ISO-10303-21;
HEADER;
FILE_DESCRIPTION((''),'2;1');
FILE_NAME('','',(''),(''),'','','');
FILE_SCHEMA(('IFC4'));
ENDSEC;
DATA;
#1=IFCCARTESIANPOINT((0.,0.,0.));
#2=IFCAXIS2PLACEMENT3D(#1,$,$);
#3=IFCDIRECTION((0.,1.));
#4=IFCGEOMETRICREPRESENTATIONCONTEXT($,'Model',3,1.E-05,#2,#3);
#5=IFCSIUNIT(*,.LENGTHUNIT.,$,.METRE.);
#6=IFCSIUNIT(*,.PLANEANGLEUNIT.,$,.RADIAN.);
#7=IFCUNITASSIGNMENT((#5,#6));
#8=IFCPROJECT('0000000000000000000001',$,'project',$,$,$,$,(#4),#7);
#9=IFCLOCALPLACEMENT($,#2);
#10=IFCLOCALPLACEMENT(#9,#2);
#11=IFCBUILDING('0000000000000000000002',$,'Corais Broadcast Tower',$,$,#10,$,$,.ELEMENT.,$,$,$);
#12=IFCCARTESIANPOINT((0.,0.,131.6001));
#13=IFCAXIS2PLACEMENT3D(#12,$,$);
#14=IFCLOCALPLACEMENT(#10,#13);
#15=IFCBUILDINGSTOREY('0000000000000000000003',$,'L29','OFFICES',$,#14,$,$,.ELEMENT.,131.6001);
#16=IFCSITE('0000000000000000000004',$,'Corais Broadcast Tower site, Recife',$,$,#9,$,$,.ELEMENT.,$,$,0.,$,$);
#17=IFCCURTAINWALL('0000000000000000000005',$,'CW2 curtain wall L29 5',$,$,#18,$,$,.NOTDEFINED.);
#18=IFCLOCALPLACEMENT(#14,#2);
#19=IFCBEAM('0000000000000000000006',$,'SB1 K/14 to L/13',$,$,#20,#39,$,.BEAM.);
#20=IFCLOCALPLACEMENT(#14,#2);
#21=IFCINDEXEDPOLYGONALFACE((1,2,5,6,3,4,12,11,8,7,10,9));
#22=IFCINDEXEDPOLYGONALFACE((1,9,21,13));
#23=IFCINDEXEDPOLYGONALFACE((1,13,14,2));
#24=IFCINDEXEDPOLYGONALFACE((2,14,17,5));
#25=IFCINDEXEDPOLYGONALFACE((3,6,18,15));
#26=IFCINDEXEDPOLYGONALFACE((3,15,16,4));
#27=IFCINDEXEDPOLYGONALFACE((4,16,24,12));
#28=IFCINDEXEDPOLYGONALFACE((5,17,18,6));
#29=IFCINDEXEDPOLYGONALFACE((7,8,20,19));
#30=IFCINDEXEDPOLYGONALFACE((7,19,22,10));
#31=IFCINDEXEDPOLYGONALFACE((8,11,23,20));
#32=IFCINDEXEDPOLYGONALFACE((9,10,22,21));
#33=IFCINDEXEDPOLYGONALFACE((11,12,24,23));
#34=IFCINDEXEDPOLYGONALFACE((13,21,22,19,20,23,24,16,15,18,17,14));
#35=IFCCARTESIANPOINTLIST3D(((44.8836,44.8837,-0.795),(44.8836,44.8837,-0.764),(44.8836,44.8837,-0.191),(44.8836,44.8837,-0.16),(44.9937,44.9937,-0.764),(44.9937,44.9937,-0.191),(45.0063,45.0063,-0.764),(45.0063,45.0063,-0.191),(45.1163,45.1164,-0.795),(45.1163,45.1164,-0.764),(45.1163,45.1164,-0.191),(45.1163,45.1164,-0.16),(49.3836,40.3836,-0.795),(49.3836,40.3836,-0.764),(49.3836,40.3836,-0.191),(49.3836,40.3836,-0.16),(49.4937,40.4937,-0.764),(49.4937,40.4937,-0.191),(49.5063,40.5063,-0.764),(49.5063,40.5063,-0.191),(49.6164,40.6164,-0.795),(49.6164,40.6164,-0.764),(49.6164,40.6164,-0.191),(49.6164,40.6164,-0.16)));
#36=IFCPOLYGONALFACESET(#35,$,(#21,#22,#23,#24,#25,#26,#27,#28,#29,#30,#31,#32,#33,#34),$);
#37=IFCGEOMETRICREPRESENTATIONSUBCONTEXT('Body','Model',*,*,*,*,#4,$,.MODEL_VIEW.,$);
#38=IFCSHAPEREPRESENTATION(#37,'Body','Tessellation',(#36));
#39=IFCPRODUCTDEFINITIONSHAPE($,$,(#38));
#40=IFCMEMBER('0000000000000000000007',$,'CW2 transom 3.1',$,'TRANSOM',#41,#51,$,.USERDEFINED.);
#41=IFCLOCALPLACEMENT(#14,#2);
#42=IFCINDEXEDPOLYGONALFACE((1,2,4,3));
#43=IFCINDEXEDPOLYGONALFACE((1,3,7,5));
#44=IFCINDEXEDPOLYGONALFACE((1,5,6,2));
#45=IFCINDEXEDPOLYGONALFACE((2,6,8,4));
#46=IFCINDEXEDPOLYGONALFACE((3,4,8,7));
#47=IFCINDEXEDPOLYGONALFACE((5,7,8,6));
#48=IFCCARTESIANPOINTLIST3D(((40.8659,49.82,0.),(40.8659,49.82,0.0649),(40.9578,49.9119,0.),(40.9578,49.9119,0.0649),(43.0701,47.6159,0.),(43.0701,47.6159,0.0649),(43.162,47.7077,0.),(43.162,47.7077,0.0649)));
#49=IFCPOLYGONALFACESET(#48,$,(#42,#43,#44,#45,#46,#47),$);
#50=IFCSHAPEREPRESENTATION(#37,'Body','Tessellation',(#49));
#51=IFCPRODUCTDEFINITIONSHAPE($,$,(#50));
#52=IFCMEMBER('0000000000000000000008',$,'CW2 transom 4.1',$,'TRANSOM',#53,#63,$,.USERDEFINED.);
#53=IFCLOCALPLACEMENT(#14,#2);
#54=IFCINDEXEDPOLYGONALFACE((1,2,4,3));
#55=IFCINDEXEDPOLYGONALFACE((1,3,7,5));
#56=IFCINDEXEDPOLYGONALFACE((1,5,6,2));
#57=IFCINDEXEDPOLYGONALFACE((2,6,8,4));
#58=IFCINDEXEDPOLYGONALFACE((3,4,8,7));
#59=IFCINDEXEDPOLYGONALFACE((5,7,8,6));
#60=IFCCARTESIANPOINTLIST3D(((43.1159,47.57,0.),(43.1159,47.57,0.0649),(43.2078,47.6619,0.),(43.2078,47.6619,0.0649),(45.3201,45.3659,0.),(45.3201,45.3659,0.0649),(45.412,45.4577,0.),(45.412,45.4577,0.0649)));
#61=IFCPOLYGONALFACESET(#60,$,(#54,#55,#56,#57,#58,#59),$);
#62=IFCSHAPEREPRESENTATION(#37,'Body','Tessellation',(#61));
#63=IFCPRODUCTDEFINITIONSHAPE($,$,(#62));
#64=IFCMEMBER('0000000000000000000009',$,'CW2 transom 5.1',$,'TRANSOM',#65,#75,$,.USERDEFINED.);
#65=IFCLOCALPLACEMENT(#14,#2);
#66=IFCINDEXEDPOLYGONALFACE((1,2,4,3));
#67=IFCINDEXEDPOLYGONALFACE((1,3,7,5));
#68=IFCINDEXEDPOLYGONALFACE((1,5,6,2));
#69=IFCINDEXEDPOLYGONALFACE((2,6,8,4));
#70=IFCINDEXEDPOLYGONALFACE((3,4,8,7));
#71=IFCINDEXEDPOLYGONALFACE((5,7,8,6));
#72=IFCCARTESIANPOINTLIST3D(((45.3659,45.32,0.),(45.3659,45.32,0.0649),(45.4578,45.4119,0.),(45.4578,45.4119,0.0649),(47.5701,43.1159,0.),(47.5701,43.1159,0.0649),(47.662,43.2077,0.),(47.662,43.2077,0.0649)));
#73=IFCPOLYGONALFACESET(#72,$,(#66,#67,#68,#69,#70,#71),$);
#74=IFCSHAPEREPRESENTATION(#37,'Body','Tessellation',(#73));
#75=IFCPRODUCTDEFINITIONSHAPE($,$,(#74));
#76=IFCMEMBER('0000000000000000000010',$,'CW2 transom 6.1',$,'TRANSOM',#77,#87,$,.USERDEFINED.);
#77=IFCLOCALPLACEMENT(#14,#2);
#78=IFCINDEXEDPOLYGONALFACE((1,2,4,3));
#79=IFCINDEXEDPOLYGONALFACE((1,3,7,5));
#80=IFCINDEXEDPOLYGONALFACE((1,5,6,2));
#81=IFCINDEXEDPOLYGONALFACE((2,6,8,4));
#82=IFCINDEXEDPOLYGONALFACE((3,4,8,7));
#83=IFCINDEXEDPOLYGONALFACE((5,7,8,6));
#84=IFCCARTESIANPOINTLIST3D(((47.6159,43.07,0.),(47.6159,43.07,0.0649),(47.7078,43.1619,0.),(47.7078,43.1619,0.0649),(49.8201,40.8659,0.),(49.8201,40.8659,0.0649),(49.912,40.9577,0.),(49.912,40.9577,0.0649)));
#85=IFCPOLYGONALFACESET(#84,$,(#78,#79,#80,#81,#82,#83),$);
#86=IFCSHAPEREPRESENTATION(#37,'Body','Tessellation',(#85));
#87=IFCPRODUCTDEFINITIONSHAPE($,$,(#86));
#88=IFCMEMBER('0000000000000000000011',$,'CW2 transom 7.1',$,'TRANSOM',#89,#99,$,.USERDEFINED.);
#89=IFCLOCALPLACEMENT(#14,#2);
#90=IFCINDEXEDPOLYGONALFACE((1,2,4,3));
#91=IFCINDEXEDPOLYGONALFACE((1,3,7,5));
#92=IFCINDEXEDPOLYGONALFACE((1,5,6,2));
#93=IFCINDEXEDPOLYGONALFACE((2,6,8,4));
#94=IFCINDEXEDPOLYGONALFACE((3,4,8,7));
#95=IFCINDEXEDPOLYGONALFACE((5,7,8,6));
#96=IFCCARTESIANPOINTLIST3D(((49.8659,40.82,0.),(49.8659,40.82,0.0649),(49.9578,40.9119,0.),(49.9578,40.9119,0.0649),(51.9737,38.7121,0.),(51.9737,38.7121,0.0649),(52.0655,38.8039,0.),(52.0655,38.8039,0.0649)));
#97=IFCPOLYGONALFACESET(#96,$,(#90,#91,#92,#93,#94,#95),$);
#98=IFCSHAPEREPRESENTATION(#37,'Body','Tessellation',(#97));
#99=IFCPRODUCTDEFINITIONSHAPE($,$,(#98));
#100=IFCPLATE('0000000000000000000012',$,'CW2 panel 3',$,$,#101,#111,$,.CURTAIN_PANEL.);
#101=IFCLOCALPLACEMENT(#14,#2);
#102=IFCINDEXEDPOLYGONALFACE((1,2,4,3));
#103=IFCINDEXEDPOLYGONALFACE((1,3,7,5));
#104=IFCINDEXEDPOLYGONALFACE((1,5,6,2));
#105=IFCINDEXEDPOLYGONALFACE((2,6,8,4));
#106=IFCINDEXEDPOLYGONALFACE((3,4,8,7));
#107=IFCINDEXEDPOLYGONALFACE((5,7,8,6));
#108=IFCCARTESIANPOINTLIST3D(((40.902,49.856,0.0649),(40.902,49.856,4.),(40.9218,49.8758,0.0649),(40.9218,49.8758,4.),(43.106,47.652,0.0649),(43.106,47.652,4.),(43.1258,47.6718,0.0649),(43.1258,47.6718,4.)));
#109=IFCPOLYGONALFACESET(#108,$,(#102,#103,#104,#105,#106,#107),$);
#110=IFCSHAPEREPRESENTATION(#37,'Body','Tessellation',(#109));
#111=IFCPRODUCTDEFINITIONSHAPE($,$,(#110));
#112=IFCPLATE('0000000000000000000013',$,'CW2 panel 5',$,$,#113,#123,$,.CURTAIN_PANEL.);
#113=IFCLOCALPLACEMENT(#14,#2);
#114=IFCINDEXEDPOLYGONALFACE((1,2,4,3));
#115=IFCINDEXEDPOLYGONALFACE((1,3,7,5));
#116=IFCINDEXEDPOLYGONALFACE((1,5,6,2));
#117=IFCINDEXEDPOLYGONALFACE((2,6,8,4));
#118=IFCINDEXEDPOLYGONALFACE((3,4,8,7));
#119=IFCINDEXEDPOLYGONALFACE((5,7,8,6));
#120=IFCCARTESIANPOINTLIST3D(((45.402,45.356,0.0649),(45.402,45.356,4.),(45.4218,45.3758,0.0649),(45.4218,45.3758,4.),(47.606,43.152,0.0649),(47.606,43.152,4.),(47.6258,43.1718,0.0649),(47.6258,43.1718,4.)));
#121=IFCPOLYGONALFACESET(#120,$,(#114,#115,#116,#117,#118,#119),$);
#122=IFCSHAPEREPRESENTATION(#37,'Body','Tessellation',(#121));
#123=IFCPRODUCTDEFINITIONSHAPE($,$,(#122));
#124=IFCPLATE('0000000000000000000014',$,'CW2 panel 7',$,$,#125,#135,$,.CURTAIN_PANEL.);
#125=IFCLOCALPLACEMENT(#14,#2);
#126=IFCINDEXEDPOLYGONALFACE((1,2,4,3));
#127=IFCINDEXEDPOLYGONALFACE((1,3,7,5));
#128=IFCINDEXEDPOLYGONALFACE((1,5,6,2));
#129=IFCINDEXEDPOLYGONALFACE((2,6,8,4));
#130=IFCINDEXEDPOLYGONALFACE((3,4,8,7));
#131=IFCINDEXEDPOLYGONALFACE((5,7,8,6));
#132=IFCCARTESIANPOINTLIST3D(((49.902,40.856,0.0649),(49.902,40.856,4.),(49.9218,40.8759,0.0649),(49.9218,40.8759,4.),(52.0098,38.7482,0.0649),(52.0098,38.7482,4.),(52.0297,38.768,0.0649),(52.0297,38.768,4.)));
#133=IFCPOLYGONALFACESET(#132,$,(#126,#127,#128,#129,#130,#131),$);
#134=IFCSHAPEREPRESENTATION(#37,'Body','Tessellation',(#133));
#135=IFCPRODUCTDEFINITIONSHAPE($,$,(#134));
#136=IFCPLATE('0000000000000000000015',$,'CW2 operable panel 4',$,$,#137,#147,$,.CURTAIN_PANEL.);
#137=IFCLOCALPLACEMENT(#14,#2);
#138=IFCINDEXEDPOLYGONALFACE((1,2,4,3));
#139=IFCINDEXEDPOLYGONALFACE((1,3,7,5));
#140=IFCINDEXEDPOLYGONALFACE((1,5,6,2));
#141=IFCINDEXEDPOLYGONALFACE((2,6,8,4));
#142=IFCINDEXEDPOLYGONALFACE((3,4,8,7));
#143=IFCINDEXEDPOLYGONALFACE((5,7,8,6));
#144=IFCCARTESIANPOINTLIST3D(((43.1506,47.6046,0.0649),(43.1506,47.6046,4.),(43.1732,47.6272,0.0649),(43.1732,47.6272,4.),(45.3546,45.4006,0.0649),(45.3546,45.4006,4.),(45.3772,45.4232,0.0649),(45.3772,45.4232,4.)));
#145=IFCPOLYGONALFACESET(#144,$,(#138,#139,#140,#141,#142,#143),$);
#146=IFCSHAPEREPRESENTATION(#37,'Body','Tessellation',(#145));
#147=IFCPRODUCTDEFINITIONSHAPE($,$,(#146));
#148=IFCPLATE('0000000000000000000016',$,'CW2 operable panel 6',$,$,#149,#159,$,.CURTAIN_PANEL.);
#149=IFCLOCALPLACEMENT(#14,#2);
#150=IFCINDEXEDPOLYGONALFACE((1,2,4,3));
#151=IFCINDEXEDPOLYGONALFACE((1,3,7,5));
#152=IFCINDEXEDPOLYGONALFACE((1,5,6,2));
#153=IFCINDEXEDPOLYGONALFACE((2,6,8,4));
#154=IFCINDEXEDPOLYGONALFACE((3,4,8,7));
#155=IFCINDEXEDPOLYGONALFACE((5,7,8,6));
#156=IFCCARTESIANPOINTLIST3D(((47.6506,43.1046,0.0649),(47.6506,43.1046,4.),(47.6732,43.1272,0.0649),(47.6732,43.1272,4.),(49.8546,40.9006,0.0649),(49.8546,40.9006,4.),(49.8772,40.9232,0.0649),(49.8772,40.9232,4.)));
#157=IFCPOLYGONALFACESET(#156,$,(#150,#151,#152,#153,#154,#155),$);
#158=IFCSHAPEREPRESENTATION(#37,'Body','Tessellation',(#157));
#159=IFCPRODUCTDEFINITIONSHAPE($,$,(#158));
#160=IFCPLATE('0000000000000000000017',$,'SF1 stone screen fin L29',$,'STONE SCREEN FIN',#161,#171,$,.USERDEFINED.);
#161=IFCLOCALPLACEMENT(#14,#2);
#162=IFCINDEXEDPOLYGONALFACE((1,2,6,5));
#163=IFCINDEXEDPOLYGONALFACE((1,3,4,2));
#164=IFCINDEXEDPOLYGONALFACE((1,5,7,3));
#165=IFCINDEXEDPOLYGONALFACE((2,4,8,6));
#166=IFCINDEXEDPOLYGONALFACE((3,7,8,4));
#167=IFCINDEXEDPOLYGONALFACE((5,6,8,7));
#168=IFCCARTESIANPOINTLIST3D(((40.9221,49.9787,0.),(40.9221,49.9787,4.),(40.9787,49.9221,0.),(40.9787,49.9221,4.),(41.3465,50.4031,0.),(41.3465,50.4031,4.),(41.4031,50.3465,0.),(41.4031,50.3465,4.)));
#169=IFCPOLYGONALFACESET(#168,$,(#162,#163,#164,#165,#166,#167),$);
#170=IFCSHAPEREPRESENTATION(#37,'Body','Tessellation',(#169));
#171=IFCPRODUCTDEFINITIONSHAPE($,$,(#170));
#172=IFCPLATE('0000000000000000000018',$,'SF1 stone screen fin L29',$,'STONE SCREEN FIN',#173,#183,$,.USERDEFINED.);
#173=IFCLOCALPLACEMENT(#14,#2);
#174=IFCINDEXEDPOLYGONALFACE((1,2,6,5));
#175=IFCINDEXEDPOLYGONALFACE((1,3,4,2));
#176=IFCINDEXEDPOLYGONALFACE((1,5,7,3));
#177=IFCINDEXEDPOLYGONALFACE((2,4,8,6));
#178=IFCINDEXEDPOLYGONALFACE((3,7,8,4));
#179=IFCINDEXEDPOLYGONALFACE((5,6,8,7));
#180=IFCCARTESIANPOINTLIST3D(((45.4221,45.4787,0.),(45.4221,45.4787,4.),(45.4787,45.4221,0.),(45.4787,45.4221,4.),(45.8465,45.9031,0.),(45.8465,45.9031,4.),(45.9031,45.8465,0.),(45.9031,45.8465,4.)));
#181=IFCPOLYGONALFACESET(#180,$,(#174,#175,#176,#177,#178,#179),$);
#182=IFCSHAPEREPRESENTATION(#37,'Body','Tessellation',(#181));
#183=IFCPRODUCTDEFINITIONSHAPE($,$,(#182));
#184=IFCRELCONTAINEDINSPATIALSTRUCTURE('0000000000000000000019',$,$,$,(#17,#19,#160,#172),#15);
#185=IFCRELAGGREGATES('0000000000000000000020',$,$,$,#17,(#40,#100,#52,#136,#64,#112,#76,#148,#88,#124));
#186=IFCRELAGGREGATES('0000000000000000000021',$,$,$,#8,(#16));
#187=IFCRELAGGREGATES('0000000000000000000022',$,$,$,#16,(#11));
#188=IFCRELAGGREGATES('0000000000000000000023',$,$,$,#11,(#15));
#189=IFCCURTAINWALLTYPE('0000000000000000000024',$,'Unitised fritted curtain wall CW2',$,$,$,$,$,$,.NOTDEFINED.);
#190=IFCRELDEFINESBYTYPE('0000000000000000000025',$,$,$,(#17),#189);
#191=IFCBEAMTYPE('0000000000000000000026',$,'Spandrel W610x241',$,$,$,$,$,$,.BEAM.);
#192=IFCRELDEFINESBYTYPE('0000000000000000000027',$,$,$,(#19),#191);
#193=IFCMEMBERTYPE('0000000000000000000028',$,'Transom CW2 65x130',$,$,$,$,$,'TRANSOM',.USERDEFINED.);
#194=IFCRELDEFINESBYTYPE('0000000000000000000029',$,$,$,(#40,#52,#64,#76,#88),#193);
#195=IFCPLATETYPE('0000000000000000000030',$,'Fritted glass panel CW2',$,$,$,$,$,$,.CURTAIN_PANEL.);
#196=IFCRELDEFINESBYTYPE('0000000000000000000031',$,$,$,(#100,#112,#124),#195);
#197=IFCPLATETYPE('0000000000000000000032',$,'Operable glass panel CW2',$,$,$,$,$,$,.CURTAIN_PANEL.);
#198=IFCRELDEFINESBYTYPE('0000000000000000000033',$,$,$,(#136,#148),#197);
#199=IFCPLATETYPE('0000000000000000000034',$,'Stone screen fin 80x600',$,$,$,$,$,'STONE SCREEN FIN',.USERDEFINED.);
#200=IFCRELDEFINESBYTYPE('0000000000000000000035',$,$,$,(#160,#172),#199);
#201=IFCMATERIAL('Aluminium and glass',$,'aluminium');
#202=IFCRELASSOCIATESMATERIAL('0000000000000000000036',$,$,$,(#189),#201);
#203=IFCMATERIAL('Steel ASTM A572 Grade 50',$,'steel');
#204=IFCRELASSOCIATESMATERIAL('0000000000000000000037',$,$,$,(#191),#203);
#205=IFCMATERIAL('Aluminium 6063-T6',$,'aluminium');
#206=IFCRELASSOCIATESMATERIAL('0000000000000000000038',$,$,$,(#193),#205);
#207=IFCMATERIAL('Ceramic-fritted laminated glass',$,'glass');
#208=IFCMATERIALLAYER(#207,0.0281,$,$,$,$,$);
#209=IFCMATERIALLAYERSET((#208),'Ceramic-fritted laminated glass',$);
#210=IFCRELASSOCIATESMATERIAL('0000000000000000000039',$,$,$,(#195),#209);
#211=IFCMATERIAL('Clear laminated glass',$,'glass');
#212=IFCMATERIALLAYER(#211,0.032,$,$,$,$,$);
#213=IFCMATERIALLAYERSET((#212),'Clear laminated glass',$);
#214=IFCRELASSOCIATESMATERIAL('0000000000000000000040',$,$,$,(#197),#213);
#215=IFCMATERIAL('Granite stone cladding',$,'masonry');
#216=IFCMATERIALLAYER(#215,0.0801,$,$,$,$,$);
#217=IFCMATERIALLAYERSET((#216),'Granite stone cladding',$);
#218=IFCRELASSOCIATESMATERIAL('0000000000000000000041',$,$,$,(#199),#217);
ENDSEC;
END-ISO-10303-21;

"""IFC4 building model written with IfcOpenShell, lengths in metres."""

from ifc_helpers import new_model, si_unit, direction, frame, origin, origin_2d, place, context, subcontext, project, spatial, rectangle, i_section, extrude, material, layer, layer_set, material_profile, profile_set, type_object, element, aggregate, save


model = new_model("IFC4")

# Units and contexts
model_context = context("Model", 3, precision=1e-05, world=origin(), true_north=direction((0.0, 1.0)))
body_context = subcontext(model_context, "Body", "Model", "MODEL_VIEW")
ifc_project = project(units=[si_unit("LENGTHUNIT", "METRE"), si_unit("PLANEANGLEUNIT", "RADIAN")], contexts=[model_context])

# Site, building, storey
site_placement = place(None, origin())
site = spatial("IfcSite", under=ifc_project, at=site_placement, Name="Corais Broadcast Tower site, Recife", CompositionType="ELEMENT", RefElevation=0.0)
building_placement = place(site_placement, origin())
building = spatial("IfcBuilding", under=site, at=building_placement, Name="Corais Broadcast Tower", CompositionType="ELEMENT")
storey_placement = place(building_placement, frame((0.0, 0.0, 131.6001)))
storey = spatial("IfcBuildingStorey", under=building, at=storey_placement, Name="L29", Description="OFFICES", CompositionType="ELEMENT", Elevation=131.6001)

# Curtain wall
ifc_material_1 = material(Name="Aluminium and glass", Category="aluminium")
curtain_wall_type = type_object("IfcCurtainWallType", Name="Unitised fritted curtain wall CW2", PredefinedType="NOTDEFINED", material=ifc_material_1)
curtain_wall_placement = place(storey_placement, origin())
curtain_wall = element("IfcCurtainWall", 1, at=curtain_wall_placement, inside=storey, type_object=curtain_wall_type, Name="CW2 curtain wall L29 5", PredefinedType="NOTDEFINED")

# Beam
ifc_material_2 = material(Name="Steel ASTM A572 Grade 50", Category="steel")
ifc_material_profile_1 = material_profile(ifc_material_2, i_section(OverallWidth=0.3291, OverallDepth=0.635, WebThickness=0.0178, FlangeThickness=0.031, at=origin_2d()), Name="W610x241")
ifc_profile_set_1 = profile_set([ifc_material_profile_1], Name="Steel ASTM A572 Grade 50")
beam_type_1 = type_object("IfcBeamType", Name="Spandrel W610x241", PredefinedType="BEAM", material=ifc_profile_set_1)
for number, where, z_axis, x_axis, name in (
    (2, (49.5, 40.5, -0.4775), (-0.707107, 0.707107, 0.0), (-0.707107, -0.707107, 0.0), "SB1 K/14 to L/13"),
):
    element("IfcBeam", number, at=place(storey_placement, frame(where, z_axis=z_axis, x_axis=x_axis)), inside=storey, type_object=beam_type_1, Name=name, PredefinedType="BEAM", context=body_context, shape_type="SweptSolid", body=[
        extrude(i_section(OverallWidth=0.3291, OverallDepth=0.635, WebThickness=0.0178, FlangeThickness=0.031, at=origin_2d()), origin(), (0.0, 0.0, 1.0), 6.364),
    ])

# Members
ifc_material_3 = material(Name="Aluminium 6063-T6", Category="aluminium")
ifc_material_profile_2 = material_profile(ifc_material_3, rectangle(XDim=0.1299, YDim=0.0649, at=origin_2d()), Name="Transom CW2 65x130")
ifc_profile_set_2 = profile_set([ifc_material_profile_2], Name="Aluminium 6063-T6")
member_type_1 = type_object("IfcMemberType", Name="Transom CW2 65x130", ElementType="TRANSOM", PredefinedType="USERDEFINED", material=ifc_profile_set_2)
member_1_placement = place(storey_placement, frame((40.9119, 49.866, 0.0325), z_axis=(0.707107, -0.707107, 0.0), x_axis=(0.707107, 0.707107, 0.0)))
member_1 = element("IfcMember", 3, at=member_1_placement, type_object=member_type_1, Name="CW2 transom 3.1", ObjectType="TRANSOM", PredefinedType="USERDEFINED", context=body_context, shape_type="SweptSolid", body=[
    extrude(rectangle(XDim=0.1299, YDim=0.0649, at=origin_2d()), origin(), (0.0, 0.0, 1.0), 3.1172),
])
member_2_placement = place(storey_placement, frame((43.1619, 47.616, 0.0325), z_axis=(0.707107, -0.707107, 0.0), x_axis=(0.707107, 0.707107, 0.0)))
member_2 = element("IfcMember", 4, at=member_2_placement, type_object=member_type_1, Name="CW2 transom 4.1", ObjectType="TRANSOM", PredefinedType="USERDEFINED", context=body_context, shape_type="SweptSolid", body=[
    extrude(rectangle(XDim=0.1299, YDim=0.0649, at=origin_2d()), origin(), (0.0, 0.0, 1.0), 3.1172),
])
member_3_placement = place(storey_placement, frame((45.4119, 45.366, 0.0325), z_axis=(0.707107, -0.707107, 0.0), x_axis=(0.707107, 0.707107, 0.0)))
member_3 = element("IfcMember", 5, at=member_3_placement, type_object=member_type_1, Name="CW2 transom 5.1", ObjectType="TRANSOM", PredefinedType="USERDEFINED", context=body_context, shape_type="SweptSolid", body=[
    extrude(rectangle(XDim=0.1299, YDim=0.0649, at=origin_2d()), origin(), (0.0, 0.0, 1.0), 3.1172),
])
member_4_placement = place(storey_placement, frame((47.6619, 43.116, 0.0325), z_axis=(0.707107, -0.707107, 0.0), x_axis=(0.707107, 0.707107, 0.0)))
member_4 = element("IfcMember", 6, at=member_4_placement, type_object=member_type_1, Name="CW2 transom 6.1", ObjectType="TRANSOM", PredefinedType="USERDEFINED", context=body_context, shape_type="SweptSolid", body=[
    extrude(rectangle(XDim=0.1299, YDim=0.0649, at=origin_2d()), origin(), (0.0, 0.0, 1.0), 3.1172),
])
member_5_placement = place(storey_placement, frame((49.9119, 40.866, 0.0325), z_axis=(0.707066, -0.707148, 0.0), x_axis=(0.707148, 0.707066, 0.0)))
member_5 = element("IfcMember", 7, at=member_5_placement, type_object=member_type_1, Name="CW2 transom 7.1", ObjectType="TRANSOM", PredefinedType="USERDEFINED", context=body_context, shape_type="SweptSolid", body=[
    extrude(rectangle(XDim=0.1299, YDim=0.0649, at=origin_2d()), origin(), (0.0, 0.0, 1.0), 2.981),
])

# Plates
ifc_material_4 = material(Name="Ceramic-fritted laminated glass", Category="glass")
ifc_layer_1 = layer(ifc_material_4, 0.0281)
ifc_layer_set_1 = layer_set([ifc_layer_1], Name="Ceramic-fritted laminated glass")
plate_type_1 = type_object("IfcPlateType", Name="Fritted glass panel CW2", PredefinedType="CURTAIN_PANEL", material=ifc_layer_set_1)
plate_1_placement = place(storey_placement, frame((42.0139, 48.7639, 0.0649), z_axis=(0.0, 0.0, 1.0), x_axis=(0.707107, -0.707107, 0.0)))
plate_1 = element("IfcPlate", 8, at=plate_1_placement, type_object=plate_type_1, Name="CW2 panel 3", PredefinedType="CURTAIN_PANEL", context=body_context, shape_type="SweptSolid", body=[
    extrude(rectangle(XDim=3.1169, YDim=0.0281, at=origin_2d()), origin(), (0.0, 0.0, 1.0), 3.9351),
])
plate_2_placement = place(storey_placement, frame((46.5139, 44.2639, 0.0649), z_axis=(0.0, 0.0, 1.0), x_axis=(0.707107, -0.707107, 0.0)))
plate_2 = element("IfcPlate", 9, at=plate_2_placement, type_object=plate_type_1, Name="CW2 panel 5", PredefinedType="CURTAIN_PANEL", context=body_context, shape_type="SweptSolid", body=[
    extrude(rectangle(XDim=3.1169, YDim=0.0281, at=origin_2d()), origin(), (0.0, 0.0, 1.0), 3.9351),
])
plate_3_placement = place(storey_placement, frame((50.9658, 39.812, 0.0649), z_axis=(0.0, 0.0, 1.0), x_axis=(0.707107, -0.707107, 0.0)))
plate_3 = element("IfcPlate", 10, at=plate_3_placement, type_object=plate_type_1, Name="CW2 panel 7", PredefinedType="CURTAIN_PANEL", context=body_context, shape_type="SweptSolid", body=[
    extrude(rectangle(XDim=2.981, YDim=0.0281, at=origin_2d()), origin(), (0.0, 0.0, 1.0), 3.9351),
])
ifc_material_5 = material(Name="Clear laminated glass", Category="glass")
ifc_layer_2 = layer(ifc_material_5, 0.032)
ifc_layer_set_2 = layer_set([ifc_layer_2], Name="Clear laminated glass")
plate_type_2 = type_object("IfcPlateType", Name="Operable glass panel CW2", PredefinedType="CURTAIN_PANEL", material=ifc_layer_set_2)
plate_4_placement = place(storey_placement, frame((44.2639, 46.5139, 0.0649), z_axis=(0.0, 0.0, 1.0), x_axis=(0.707107, -0.707107, 0.0)))
plate_4 = element("IfcPlate", 11, at=plate_4_placement, type_object=plate_type_2, Name="CW2 operable panel 4", PredefinedType="CURTAIN_PANEL", context=body_context, shape_type="SweptSolid", body=[
    extrude(rectangle(XDim=3.1169, YDim=0.032, at=origin_2d()), origin(), (0.0, 0.0, 1.0), 3.9351),
])
plate_5_placement = place(storey_placement, frame((48.7639, 42.0139, 0.0649), z_axis=(0.0, 0.0, 1.0), x_axis=(0.707107, -0.707107, 0.0)))
plate_5 = element("IfcPlate", 12, at=plate_5_placement, type_object=plate_type_2, Name="CW2 operable panel 6", PredefinedType="CURTAIN_PANEL", context=body_context, shape_type="SweptSolid", body=[
    extrude(rectangle(XDim=3.1169, YDim=0.032, at=origin_2d()), origin(), (0.0, 0.0, 1.0), 3.9351),
])
aggregate(curtain_wall, [member_1, plate_1, member_2, plate_4, member_3, plate_2, member_4, plate_5, member_5, plate_3])

# Plates
ifc_material_6 = material(Name="Granite stone cladding", Category="masonry")
ifc_layer_3 = layer(ifc_material_6, 0.0801)
ifc_layer_set_3 = layer_set([ifc_layer_3], Name="Granite stone cladding")
plate_type_3 = type_object("IfcPlateType", Name="Stone screen fin 80x600", ElementType="STONE SCREEN FIN", PredefinedType="USERDEFINED", material=ifc_layer_set_3)
for number, where, z_axis, x_axis, name in (
    (13, (41.1626, 50.1626, 0.0), (0.0, 0.0, 1.0), (0.707107, -0.707107, 0.0), "SF1 stone screen fin L29"),
    (14, (45.6626, 45.6626, 0.0), (0.0, 0.0, 1.0), (0.707107, -0.707107, 0.0), "SF1 stone screen fin L29"),
):
    element("IfcPlate", number, at=place(storey_placement, frame(where, z_axis=z_axis, x_axis=x_axis)), inside=storey, type_object=plate_type_3, Name=name, ObjectType="STONE SCREEN FIN", PredefinedType="USERDEFINED", context=body_context, shape_type="SweptSolid", body=[
        extrude(rectangle(XDim=0.0801, YDim=0.6001, at=origin_2d()), origin(), (0.0, 0.0, 1.0), 4.0),
    ])

save(model, "model.ifc")
